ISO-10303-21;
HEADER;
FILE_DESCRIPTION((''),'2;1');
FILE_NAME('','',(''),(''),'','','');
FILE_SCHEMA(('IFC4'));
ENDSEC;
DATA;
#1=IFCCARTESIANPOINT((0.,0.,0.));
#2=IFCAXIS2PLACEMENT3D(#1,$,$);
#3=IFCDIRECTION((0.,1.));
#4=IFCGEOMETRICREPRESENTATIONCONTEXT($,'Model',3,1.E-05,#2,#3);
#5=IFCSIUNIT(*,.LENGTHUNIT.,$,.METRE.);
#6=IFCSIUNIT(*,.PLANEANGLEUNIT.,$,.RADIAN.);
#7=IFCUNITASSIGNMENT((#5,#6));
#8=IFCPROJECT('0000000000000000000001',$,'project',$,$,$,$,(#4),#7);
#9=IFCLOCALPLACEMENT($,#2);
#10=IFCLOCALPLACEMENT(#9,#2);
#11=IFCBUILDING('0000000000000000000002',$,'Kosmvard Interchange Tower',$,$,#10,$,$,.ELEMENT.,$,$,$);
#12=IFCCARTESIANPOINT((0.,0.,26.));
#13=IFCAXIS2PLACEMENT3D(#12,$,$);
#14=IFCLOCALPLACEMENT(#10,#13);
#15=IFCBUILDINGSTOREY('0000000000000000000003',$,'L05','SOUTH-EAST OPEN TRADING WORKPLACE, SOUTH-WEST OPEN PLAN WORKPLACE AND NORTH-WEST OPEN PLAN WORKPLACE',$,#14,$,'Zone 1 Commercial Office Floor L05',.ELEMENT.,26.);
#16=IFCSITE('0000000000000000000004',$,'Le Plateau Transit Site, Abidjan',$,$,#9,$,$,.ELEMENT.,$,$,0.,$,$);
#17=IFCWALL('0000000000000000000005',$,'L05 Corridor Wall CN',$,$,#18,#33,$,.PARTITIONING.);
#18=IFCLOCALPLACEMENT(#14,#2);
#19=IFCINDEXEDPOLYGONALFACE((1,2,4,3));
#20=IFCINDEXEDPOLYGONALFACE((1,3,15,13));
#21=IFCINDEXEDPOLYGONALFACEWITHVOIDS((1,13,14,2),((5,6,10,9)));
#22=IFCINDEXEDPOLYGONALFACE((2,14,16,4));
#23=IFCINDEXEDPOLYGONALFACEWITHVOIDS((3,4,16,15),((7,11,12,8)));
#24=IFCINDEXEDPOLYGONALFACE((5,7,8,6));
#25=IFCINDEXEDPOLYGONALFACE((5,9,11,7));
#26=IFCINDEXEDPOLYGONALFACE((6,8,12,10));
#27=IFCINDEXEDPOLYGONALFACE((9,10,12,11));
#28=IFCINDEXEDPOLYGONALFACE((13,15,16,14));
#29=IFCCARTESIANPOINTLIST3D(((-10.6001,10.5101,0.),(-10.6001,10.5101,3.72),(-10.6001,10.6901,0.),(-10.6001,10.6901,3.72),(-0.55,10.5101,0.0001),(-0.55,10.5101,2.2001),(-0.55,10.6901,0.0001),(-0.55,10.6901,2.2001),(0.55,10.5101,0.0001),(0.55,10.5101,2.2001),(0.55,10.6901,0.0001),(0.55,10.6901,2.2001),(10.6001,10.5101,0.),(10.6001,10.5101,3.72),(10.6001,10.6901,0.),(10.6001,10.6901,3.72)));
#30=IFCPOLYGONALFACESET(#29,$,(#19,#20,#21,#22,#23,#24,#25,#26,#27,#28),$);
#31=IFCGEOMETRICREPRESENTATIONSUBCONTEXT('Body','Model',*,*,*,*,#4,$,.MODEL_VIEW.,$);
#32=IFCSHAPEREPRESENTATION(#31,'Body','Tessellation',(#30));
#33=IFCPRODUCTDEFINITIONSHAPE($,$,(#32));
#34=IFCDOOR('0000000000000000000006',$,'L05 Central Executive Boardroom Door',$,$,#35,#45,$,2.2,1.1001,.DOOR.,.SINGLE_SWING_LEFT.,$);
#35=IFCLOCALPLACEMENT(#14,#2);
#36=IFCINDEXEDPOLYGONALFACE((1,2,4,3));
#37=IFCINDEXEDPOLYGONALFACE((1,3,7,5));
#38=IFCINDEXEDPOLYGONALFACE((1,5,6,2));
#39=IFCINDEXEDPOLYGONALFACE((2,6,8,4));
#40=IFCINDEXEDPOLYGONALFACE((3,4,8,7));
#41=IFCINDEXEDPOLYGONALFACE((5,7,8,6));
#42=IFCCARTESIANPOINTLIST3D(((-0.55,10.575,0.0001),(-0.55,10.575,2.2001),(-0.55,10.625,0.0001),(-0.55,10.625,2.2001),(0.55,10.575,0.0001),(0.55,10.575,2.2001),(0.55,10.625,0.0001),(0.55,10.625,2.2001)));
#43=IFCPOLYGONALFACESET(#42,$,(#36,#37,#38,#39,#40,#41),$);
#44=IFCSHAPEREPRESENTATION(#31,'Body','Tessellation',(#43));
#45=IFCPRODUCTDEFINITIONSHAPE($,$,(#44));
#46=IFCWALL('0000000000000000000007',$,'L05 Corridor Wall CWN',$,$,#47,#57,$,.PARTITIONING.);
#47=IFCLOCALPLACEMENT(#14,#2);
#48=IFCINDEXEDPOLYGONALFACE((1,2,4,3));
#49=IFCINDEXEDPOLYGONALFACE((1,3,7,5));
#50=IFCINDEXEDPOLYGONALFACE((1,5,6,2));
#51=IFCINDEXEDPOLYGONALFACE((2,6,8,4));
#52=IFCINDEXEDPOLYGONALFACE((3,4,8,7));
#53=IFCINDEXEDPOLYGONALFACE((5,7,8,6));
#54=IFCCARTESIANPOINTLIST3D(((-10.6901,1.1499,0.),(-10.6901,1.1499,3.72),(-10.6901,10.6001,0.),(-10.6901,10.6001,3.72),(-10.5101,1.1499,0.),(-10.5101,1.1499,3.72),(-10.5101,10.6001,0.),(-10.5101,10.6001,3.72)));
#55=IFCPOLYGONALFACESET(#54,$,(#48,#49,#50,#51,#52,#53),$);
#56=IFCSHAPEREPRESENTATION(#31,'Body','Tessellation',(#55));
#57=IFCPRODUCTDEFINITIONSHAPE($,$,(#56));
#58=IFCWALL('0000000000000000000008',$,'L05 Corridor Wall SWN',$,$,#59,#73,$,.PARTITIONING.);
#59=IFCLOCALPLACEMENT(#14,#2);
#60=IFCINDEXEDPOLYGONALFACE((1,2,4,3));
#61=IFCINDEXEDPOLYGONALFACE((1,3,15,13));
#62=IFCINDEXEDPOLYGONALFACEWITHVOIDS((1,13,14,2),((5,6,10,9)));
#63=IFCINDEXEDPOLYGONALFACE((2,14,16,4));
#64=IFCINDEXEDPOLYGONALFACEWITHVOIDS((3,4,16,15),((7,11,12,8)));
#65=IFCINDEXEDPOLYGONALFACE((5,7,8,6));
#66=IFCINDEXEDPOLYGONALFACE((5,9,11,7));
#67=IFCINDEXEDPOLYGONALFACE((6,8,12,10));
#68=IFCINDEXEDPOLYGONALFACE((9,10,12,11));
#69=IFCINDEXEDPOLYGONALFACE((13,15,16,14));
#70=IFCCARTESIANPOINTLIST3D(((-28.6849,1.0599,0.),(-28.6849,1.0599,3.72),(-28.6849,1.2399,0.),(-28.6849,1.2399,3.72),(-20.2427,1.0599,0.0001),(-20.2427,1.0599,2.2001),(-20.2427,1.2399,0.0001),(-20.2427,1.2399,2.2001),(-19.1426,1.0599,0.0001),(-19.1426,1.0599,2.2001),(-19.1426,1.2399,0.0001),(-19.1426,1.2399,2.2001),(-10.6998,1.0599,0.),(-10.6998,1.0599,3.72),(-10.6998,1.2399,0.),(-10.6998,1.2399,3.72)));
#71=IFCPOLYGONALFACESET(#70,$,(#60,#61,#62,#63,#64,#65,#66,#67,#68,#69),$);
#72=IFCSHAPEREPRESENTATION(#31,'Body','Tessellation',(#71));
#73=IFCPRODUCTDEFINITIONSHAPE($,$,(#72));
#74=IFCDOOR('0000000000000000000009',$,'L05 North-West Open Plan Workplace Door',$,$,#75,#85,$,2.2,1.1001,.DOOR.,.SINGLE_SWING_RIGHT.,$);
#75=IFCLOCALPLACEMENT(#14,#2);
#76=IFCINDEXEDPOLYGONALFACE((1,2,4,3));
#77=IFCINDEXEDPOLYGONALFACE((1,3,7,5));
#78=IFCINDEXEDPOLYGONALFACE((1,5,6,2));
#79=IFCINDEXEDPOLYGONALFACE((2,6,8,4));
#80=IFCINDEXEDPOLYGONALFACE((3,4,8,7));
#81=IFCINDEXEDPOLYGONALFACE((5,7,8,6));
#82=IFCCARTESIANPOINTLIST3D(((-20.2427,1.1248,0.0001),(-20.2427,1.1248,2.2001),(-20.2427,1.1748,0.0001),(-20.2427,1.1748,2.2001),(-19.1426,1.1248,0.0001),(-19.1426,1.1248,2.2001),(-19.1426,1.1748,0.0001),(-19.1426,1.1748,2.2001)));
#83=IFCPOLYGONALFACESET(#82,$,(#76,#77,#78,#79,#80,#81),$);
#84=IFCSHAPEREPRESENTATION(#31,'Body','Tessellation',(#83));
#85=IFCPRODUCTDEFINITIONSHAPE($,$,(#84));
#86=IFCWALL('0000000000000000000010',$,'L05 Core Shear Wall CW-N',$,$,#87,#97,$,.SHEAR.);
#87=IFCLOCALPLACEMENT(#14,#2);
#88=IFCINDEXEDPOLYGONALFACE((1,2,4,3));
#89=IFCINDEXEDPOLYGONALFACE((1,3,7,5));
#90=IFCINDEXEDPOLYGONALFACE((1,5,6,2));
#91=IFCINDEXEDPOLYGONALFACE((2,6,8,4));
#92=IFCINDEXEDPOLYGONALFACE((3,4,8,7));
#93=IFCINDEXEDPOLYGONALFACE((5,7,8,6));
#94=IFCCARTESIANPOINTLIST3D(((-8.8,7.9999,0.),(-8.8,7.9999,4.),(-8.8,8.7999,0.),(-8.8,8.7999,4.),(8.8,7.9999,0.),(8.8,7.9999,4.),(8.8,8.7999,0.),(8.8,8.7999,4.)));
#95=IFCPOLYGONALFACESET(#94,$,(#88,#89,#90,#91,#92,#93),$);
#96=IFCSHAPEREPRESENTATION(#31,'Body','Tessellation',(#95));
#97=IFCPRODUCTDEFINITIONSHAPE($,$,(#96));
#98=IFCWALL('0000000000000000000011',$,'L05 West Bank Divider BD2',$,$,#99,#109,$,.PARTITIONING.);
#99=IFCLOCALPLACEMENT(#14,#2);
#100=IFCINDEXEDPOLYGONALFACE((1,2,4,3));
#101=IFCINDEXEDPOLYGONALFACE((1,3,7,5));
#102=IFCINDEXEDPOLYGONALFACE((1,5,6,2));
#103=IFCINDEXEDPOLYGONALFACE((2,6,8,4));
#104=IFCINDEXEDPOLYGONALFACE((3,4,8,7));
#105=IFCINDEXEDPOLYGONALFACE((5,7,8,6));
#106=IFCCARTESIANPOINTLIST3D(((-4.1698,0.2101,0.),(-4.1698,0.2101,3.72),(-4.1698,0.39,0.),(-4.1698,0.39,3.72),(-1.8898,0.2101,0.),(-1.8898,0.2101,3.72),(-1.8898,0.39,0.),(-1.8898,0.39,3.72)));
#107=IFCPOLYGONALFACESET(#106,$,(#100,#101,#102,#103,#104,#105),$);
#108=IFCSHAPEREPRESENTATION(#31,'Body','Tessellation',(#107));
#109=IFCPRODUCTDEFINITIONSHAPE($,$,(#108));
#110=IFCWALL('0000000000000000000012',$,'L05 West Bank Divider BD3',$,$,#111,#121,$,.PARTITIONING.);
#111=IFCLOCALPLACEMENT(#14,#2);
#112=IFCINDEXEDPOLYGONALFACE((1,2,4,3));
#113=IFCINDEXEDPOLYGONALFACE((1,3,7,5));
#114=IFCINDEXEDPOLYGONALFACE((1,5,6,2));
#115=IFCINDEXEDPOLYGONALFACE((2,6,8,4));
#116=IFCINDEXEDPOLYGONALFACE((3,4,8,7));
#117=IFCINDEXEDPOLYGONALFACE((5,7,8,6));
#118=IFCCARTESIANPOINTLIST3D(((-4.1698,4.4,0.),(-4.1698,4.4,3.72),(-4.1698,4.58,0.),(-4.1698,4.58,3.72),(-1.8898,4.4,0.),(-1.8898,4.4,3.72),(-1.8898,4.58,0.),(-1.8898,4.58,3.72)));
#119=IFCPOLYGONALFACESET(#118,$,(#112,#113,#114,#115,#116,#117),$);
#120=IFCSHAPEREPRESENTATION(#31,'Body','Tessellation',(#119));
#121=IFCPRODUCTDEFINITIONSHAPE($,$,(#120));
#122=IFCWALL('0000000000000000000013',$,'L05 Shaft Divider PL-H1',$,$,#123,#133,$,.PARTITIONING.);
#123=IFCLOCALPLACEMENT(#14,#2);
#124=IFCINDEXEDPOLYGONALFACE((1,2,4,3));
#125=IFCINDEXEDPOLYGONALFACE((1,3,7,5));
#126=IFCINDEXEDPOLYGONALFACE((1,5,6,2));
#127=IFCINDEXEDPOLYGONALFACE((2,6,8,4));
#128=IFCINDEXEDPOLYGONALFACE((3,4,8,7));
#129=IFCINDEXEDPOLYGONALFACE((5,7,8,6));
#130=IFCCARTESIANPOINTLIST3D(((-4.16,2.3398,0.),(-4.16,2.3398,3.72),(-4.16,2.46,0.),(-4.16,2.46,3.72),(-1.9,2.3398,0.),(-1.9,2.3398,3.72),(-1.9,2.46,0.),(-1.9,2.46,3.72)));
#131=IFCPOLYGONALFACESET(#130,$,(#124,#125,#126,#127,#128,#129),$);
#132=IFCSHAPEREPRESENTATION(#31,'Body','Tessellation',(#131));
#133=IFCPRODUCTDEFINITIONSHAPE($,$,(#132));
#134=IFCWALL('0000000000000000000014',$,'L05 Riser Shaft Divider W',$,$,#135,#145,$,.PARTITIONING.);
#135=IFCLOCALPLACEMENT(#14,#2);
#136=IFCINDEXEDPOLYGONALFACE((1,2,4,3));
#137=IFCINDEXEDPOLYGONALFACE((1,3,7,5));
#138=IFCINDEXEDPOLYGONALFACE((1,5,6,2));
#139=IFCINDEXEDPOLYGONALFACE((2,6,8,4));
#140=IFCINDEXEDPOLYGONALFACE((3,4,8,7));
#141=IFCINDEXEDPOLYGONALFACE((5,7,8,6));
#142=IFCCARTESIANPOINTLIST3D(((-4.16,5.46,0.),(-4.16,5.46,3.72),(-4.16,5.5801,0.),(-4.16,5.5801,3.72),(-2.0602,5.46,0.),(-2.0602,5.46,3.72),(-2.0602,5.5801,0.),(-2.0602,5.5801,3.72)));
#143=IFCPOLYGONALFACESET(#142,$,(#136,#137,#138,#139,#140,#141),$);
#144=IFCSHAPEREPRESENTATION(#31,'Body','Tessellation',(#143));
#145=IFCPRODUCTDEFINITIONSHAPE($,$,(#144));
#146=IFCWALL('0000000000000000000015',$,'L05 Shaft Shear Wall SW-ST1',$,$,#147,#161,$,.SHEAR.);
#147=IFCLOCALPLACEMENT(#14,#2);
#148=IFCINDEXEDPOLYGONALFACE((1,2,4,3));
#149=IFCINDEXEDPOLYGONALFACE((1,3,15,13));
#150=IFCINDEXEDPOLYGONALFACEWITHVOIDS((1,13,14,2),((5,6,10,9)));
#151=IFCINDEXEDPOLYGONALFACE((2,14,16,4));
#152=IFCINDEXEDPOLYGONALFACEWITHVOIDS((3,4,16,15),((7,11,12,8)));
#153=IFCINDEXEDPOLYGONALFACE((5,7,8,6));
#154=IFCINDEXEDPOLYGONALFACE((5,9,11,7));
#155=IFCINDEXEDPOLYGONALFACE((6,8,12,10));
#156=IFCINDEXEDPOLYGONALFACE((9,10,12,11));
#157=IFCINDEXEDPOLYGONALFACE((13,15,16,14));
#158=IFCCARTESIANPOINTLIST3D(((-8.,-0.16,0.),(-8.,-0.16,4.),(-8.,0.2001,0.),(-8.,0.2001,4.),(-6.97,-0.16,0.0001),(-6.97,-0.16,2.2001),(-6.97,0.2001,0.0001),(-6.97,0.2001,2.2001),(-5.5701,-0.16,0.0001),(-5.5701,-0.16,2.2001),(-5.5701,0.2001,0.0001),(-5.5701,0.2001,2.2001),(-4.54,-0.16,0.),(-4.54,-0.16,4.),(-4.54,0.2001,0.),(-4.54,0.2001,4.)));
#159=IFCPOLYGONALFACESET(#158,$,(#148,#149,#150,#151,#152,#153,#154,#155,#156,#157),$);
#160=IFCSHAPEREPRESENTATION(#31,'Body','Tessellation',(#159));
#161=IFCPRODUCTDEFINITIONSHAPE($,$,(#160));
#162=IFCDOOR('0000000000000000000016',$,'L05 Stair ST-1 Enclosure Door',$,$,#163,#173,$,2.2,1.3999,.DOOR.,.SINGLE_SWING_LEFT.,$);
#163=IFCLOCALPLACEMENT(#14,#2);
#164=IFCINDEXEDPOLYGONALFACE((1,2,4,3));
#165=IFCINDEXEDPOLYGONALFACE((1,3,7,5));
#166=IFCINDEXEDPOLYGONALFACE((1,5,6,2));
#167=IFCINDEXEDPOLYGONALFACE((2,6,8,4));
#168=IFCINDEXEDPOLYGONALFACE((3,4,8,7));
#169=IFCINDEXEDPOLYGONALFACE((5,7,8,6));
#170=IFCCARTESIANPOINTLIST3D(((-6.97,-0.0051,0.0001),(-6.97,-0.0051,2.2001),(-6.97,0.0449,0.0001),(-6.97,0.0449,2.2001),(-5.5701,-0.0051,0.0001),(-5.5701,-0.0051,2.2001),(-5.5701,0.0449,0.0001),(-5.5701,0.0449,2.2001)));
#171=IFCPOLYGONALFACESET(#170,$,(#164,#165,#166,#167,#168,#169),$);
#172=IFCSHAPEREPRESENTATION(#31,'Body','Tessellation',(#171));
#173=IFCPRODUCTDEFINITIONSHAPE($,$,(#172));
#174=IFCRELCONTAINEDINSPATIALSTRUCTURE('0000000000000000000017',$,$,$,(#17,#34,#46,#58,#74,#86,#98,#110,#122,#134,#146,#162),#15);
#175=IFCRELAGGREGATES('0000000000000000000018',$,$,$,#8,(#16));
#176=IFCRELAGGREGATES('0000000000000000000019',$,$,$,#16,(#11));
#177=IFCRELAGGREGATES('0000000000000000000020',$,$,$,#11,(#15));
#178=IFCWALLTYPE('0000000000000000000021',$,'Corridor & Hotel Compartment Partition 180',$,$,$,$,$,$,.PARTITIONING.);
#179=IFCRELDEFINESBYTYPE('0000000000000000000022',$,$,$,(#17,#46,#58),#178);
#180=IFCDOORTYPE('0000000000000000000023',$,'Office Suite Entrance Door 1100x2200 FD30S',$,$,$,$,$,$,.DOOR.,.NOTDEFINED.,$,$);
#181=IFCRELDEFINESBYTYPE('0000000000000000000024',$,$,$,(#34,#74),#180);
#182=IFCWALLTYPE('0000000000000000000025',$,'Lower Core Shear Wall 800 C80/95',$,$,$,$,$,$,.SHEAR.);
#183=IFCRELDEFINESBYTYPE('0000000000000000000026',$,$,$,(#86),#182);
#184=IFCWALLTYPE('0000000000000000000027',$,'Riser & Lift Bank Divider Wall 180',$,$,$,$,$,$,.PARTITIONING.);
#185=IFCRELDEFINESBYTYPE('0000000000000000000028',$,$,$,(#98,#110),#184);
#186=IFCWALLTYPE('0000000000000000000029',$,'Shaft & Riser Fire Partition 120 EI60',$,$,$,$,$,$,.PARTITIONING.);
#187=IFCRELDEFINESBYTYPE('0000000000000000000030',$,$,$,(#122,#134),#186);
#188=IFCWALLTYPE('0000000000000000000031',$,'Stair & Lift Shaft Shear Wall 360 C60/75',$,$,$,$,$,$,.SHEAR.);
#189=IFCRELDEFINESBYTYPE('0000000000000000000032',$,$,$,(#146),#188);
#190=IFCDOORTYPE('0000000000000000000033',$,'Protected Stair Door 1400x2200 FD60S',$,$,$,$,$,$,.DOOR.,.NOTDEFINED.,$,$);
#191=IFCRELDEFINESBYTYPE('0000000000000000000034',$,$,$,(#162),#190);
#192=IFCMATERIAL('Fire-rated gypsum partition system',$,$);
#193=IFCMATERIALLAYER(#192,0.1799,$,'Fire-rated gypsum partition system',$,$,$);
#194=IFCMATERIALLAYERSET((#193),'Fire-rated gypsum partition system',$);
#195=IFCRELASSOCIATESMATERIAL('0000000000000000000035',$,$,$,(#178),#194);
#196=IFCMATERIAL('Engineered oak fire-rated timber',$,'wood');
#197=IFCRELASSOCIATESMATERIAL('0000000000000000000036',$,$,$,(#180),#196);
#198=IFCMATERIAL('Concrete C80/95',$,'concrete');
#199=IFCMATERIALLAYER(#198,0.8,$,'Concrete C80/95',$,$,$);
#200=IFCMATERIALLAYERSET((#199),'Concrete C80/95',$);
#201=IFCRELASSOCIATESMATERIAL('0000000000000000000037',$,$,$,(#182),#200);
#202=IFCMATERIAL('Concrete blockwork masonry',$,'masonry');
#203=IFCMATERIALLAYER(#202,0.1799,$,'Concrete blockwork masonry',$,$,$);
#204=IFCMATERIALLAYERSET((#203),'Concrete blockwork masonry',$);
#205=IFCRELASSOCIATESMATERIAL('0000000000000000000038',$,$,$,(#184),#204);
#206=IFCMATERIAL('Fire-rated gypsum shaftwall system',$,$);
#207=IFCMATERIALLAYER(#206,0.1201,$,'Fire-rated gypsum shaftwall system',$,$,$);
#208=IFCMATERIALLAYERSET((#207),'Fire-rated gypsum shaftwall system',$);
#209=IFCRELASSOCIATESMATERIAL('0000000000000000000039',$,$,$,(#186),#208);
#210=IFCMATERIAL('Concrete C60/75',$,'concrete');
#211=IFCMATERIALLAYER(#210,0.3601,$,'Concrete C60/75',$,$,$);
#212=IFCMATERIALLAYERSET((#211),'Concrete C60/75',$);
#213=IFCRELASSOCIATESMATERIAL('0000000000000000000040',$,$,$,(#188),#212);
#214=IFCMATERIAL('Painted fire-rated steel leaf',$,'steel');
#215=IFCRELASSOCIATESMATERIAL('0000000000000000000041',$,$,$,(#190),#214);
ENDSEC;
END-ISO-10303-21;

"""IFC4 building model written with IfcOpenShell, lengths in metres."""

from ifc_helpers import new_model, si_unit, direction, frame, frame_2d, origin, place, context, subcontext, project, spatial, rectangle, extrude, source, transform, mapped, material, layer, layer_set, type_object, element, fill, save


model = new_model("IFC4")

# Units and contexts
model_context = context("Model", 3, precision=1e-05, world=origin(), true_north=direction((0.0, 1.0)))
body_context = subcontext(model_context, "Body", "Model", "MODEL_VIEW")
ifc_project = project(units=[si_unit("LENGTHUNIT", "METRE"), si_unit("PLANEANGLEUNIT", "RADIAN")], contexts=[model_context])

# Site, building, storey
site_placement = place(None, origin())
site = spatial("IfcSite", under=ifc_project, at=site_placement, Name="Le Plateau Transit Site, Abidjan", CompositionType="ELEMENT", RefElevation=0.0)
building_placement = place(site_placement, origin())
building = spatial("IfcBuilding", under=site, at=building_placement, Name="Kosmvard Interchange Tower", CompositionType="ELEMENT")
storey_placement = place(building_placement, frame((0.0, 0.0, 26.0)))
storey = spatial("IfcBuildingStorey", under=building, at=storey_placement, Name="L05", Description="SOUTH-EAST OPEN TRADING WORKPLACE, SOUTH-WEST OPEN PLAN WORKPLACE AND NORTH-WEST OPEN PLAN WORKPLACE", LongName="Zone 1 Commercial Office Floor L05", CompositionType="ELEMENT", Elevation=26.0)

# Shared definitions
ifc_material_1 = material(Name="Concrete C80/95", Category="concrete")

# Shared definitions
ifc_material_2 = material(Name="Fire-rated gypsum partition system")

# Shared definitions
ifc_layer_1 = layer(ifc_material_2, 0.1799, Name="Fire-rated gypsum partition system")
ifc_layer_set_1 = layer_set([ifc_layer_1], Name="Fire-rated gypsum partition system")
wall_type_1 = type_object("IfcWallType", Name="Corridor & Hotel Compartment Partition 180", PredefinedType="PARTITIONING", material=ifc_layer_set_1)

# Wall, opening, door
wall_1_placement = place(storey_placement, frame((-10.6001, 10.6001, 0.0), z_axis=(0.0, 0.0, 1.0), x_axis=(1.0, 0.0, 0.0)))
wall_1 = element("IfcWall", 1, at=wall_1_placement, inside=storey, type_object=wall_type_1, Name="L05 Corridor Wall CN", PredefinedType="PARTITIONING", context=body_context, shape_type="SweptSolid", body=[
    extrude(rectangle(XDim=21.2002, YDim=0.1799, at=frame_2d((10.6001, 0.0))), origin(), (0.0, 0.0, 1.0), 3.72),
])
opening_1_placement = place(wall_1_placement, frame((10.05, 0.0, 0.0)))
opening_1 = element("IfcOpeningElement", 2, at=opening_1_placement, cuts=wall_1, PredefinedType="OPENING", context=body_context, shape_type="SweptSolid", body=[
    extrude(rectangle(XDim=1.1001, YDim=2.2, at=frame_2d((0.55, 1.1001))), frame((0.0, 0.1001, 0.0), z_axis=(0.0, -1.0, 0.0), x_axis=(1.0, 0.0, 0.0)), (0.0, 0.0, 1.0), 0.2),
])
ifc_material_3 = material(Name="Engineered oak fire-rated timber", Category="wood")
door_type_1 = type_object("IfcDoorType", Name="Office Suite Entrance Door 1100x2200 FD30S", OperationType="NOTDEFINED", PredefinedType="DOOR", material=ifc_material_3)
shared_shape_1 = source(origin(), body_context, "Body", "SweptSolid", [
    extrude(rectangle(XDim=1.1001, YDim=2.2, at=frame_2d((0.55, 1.1001))), frame((0.0, 0.0249, 0.0), z_axis=(0.0, -1.0, 0.0), x_axis=(1.0, 0.0, 0.0)), (0.0, 0.0, 1.0), 0.05),
])
door_1_placement = place(opening_1_placement, origin())
door_1 = element("IfcDoor", 3, at=door_1_placement, inside=storey, type_object=door_type_1, Name="L05 Central Executive Boardroom Door", OperationType="SINGLE_SWING_LEFT", OverallHeight=2.2, OverallWidth=1.1001, PredefinedType="DOOR", context=body_context, shape_type="MappedRepresentation", body=[
    mapped(shared_shape_1, transform((0.0, 0.0, 0.0), scale=1.0)),
])
fill(opening_1, door_1)

# Wall
wall_2_placement = place(storey_placement, frame((-10.6001, 1.1499, 0.0), z_axis=(0.0, 0.0, 1.0), x_axis=(0.0, 1.0, 0.0)))
element("IfcWall", 4, at=wall_2_placement, inside=storey, type_object=wall_type_1, Name="L05 Corridor Wall CWN", PredefinedType="PARTITIONING", context=body_context, shape_type="SweptSolid", body=[
    extrude(rectangle(XDim=9.4502, YDim=0.1799, at=frame_2d((4.7251, 0.0))), origin(), (0.0, 0.0, 1.0), 3.72),
])

# Wall, opening, door
wall_3_placement = place(storey_placement, frame((-28.6851, 1.1499, 0.0), z_axis=(0.0, 0.0, 1.0), x_axis=(1.0, 0.0, 0.0)))
wall_3 = element("IfcWall", 5, at=wall_3_placement, inside=storey, type_object=wall_type_1, Name="L05 Corridor Wall SWN", PredefinedType="PARTITIONING", context=body_context, shape_type="SweptSolid", body=[
    extrude(rectangle(XDim=17.9851, YDim=0.1799, at=frame_2d((8.9927, 0.0))), origin(), (0.0, 0.0, 1.0), 3.72),
])
opening_2_placement = place(wall_3_placement, frame((8.4424, 0.0, 0.0)))
opening_2 = element("IfcOpeningElement", 6, at=opening_2_placement, cuts=wall_3, PredefinedType="OPENING", context=body_context, shape_type="SweptSolid", body=[
    extrude(rectangle(XDim=1.1001, YDim=2.2, at=frame_2d((0.55, 1.1001))), frame((0.0, 0.1001, 0.0), z_axis=(0.0, -1.0, 0.0), x_axis=(1.0, 0.0, 0.0)), (0.0, 0.0, 1.0), 0.2),
])
door_2_placement = place(opening_2_placement, origin())
door_2 = element("IfcDoor", 7, at=door_2_placement, inside=storey, type_object=door_type_1, Name="L05 North-West Open Plan Workplace Door", OperationType="SINGLE_SWING_RIGHT", OverallHeight=2.2, OverallWidth=1.1001, PredefinedType="DOOR", context=body_context, shape_type="MappedRepresentation", body=[
    mapped(shared_shape_1, transform((0.0, 0.0, 0.0), scale=1.0)),
])
fill(opening_2, door_2)

# Walls
ifc_layer_2 = layer(ifc_material_1, 0.8, Name="Concrete C80/95")
ifc_layer_set_2 = layer_set([ifc_layer_2], Name="Concrete C80/95")
wall_type_2 = type_object("IfcWallType", Name="Lower Core Shear Wall 800 C80/95", PredefinedType="SHEAR", material=ifc_layer_set_2)
wall_4_placement = place(storey_placement, frame((-8.8, 8.3999, 0.0), z_axis=(0.0, 0.0, 1.0), x_axis=(1.0, 0.0, 0.0)))
element("IfcWall", 8, at=wall_4_placement, inside=storey, type_object=wall_type_2, Name="L05 Core Shear Wall CW-N", PredefinedType="SHEAR", context=body_context, shape_type="SweptSolid", body=[
    extrude(rectangle(XDim=17.6001, YDim=0.8, at=frame_2d((8.8, 0.0))), origin(), (0.0, 0.0, 1.0), 4.0),
])
ifc_material_4 = material(Name="Concrete blockwork masonry", Category="masonry")
ifc_layer_3 = layer(ifc_material_4, 0.1799, Name="Concrete blockwork masonry")
ifc_layer_set_3 = layer_set([ifc_layer_3], Name="Concrete blockwork masonry")
wall_type_3 = type_object("IfcWallType", Name="Riser & Lift Bank Divider Wall 180", PredefinedType="PARTITIONING", material=ifc_layer_set_3)
for number, where, z_axis, x_axis, name in (
    (9, (-4.1699, 0.3, 0.0), (0.0, 0.0, 1.0), (1.0, 0.0, 0.0), "L05 West Bank Divider BD2"),
    (10, (-4.1699, 4.49, 0.0), (0.0, 0.0, 1.0), (1.0, 0.0, 0.0), "L05 West Bank Divider BD3"),
):
    element("IfcWall", number, at=place(storey_placement, frame(where, z_axis=z_axis, x_axis=x_axis)), inside=storey, type_object=wall_type_3, Name=name, PredefinedType="PARTITIONING", context=body_context, shape_type="SweptSolid", body=[
        extrude(rectangle(XDim=2.28, YDim=0.1799, at=frame_2d((1.1401, 0.0))), origin(), (0.0, 0.0, 1.0), 3.72),
    ])
ifc_material_5 = material(Name="Fire-rated gypsum shaftwall system")
ifc_layer_4 = layer(ifc_material_5, 0.1201, Name="Fire-rated gypsum shaftwall system")
ifc_layer_set_4 = layer_set([ifc_layer_4], Name="Fire-rated gypsum shaftwall system")
wall_type_4 = type_object("IfcWallType", Name="Shaft & Riser Fire Partition 120 EI60", PredefinedType="PARTITIONING", material=ifc_layer_set_4)
wall_5_placement = place(storey_placement, frame((-4.1599, 2.3999, 0.0), z_axis=(0.0, 0.0, 1.0), x_axis=(1.0, 0.0, 0.0)))
element("IfcWall", 11, at=wall_5_placement, inside=storey, type_object=wall_type_4, Name="L05 Shaft Divider PL-H1", PredefinedType="PARTITIONING", context=body_context, shape_type="SweptSolid", body=[
    extrude(rectangle(XDim=2.26, YDim=0.1201, at=frame_2d((1.1299, 0.0))), origin(), (0.0, 0.0, 1.0), 3.72),
])
wall_6_placement = place(storey_placement, frame((-4.1599, 5.52, 0.0), z_axis=(0.0, 0.0, 1.0), x_axis=(1.0, 0.0, 0.0)))
element("IfcWall", 12, at=wall_6_placement, inside=storey, type_object=wall_type_4, Name="L05 Riser Shaft Divider W", PredefinedType="PARTITIONING", context=body_context, shape_type="SweptSolid", body=[
    extrude(rectangle(XDim=2.0999, YDim=0.1201, at=frame_2d((1.0498, 0.0))), origin(), (0.0, 0.0, 1.0), 3.72),
])

# Wall, opening, door
ifc_material_6 = material(Name="Concrete C60/75", Category="concrete")
ifc_layer_5 = layer(ifc_material_6, 0.3601, Name="Concrete C60/75")
ifc_layer_set_5 = layer_set([ifc_layer_5], Name="Concrete C60/75")
wall_type_5 = type_object("IfcWallType", Name="Stair & Lift Shaft Shear Wall 360 C60/75", PredefinedType="SHEAR", material=ifc_layer_set_5)
wall_7_placement = place(storey_placement, frame((-8.0, 0.02, 0.0), z_axis=(0.0, 0.0, 1.0), x_axis=(1.0, 0.0, 0.0)))
wall_7 = element("IfcWall", 13, at=wall_7_placement, inside=storey, type_object=wall_type_5, Name="L05 Shaft Shear Wall SW-ST1", PredefinedType="SHEAR", context=body_context, shape_type="SweptSolid", body=[
    extrude(rectangle(XDim=3.46, YDim=0.3601, at=frame_2d((1.73, 0.0))), origin(), (0.0, 0.0, 1.0), 4.0),
])
opening_3_placement = place(wall_7_placement, frame((1.03, 0.0, 0.0)))
opening_3 = element("IfcOpeningElement", 14, at=opening_3_placement, cuts=wall_7, PredefinedType="OPENING", context=body_context, shape_type="SweptSolid", body=[
    extrude(rectangle(XDim=1.3999, YDim=2.2, at=frame_2d((0.7, 1.1001))), frame((0.0, 0.1899, 0.0), z_axis=(0.0, -1.0, 0.0), x_axis=(1.0, 0.0, 0.0)), (0.0, 0.0, 1.0), 0.3801),
])
ifc_material_7 = material(Name="Painted fire-rated steel leaf", Category="steel")
door_type_2 = type_object("IfcDoorType", Name="Protected Stair Door 1400x2200 FD60S", OperationType="NOTDEFINED", PredefinedType="DOOR", material=ifc_material_7)
shared_shape_2 = source(origin(), body_context, "Body", "SweptSolid", [
    extrude(rectangle(XDim=1.3999, YDim=2.2, at=frame_2d((0.7, 1.1001))), frame((0.0, 0.0249, 0.0), z_axis=(0.0, -1.0, 0.0), x_axis=(1.0, 0.0, 0.0)), (0.0, 0.0, 1.0), 0.05),
])
door_3_placement = place(opening_3_placement, origin())
door_3 = element("IfcDoor", 15, at=door_3_placement, inside=storey, type_object=door_type_2, Name="L05 Stair ST-1 Enclosure Door", OperationType="SINGLE_SWING_LEFT", OverallHeight=2.2, OverallWidth=1.3999, PredefinedType="DOOR", context=body_context, shape_type="MappedRepresentation", body=[
    mapped(shared_shape_2, transform((0.0, 0.0, 0.0), scale=1.0)),
])
fill(opening_3, door_3)

save(model, "model.ifc")
